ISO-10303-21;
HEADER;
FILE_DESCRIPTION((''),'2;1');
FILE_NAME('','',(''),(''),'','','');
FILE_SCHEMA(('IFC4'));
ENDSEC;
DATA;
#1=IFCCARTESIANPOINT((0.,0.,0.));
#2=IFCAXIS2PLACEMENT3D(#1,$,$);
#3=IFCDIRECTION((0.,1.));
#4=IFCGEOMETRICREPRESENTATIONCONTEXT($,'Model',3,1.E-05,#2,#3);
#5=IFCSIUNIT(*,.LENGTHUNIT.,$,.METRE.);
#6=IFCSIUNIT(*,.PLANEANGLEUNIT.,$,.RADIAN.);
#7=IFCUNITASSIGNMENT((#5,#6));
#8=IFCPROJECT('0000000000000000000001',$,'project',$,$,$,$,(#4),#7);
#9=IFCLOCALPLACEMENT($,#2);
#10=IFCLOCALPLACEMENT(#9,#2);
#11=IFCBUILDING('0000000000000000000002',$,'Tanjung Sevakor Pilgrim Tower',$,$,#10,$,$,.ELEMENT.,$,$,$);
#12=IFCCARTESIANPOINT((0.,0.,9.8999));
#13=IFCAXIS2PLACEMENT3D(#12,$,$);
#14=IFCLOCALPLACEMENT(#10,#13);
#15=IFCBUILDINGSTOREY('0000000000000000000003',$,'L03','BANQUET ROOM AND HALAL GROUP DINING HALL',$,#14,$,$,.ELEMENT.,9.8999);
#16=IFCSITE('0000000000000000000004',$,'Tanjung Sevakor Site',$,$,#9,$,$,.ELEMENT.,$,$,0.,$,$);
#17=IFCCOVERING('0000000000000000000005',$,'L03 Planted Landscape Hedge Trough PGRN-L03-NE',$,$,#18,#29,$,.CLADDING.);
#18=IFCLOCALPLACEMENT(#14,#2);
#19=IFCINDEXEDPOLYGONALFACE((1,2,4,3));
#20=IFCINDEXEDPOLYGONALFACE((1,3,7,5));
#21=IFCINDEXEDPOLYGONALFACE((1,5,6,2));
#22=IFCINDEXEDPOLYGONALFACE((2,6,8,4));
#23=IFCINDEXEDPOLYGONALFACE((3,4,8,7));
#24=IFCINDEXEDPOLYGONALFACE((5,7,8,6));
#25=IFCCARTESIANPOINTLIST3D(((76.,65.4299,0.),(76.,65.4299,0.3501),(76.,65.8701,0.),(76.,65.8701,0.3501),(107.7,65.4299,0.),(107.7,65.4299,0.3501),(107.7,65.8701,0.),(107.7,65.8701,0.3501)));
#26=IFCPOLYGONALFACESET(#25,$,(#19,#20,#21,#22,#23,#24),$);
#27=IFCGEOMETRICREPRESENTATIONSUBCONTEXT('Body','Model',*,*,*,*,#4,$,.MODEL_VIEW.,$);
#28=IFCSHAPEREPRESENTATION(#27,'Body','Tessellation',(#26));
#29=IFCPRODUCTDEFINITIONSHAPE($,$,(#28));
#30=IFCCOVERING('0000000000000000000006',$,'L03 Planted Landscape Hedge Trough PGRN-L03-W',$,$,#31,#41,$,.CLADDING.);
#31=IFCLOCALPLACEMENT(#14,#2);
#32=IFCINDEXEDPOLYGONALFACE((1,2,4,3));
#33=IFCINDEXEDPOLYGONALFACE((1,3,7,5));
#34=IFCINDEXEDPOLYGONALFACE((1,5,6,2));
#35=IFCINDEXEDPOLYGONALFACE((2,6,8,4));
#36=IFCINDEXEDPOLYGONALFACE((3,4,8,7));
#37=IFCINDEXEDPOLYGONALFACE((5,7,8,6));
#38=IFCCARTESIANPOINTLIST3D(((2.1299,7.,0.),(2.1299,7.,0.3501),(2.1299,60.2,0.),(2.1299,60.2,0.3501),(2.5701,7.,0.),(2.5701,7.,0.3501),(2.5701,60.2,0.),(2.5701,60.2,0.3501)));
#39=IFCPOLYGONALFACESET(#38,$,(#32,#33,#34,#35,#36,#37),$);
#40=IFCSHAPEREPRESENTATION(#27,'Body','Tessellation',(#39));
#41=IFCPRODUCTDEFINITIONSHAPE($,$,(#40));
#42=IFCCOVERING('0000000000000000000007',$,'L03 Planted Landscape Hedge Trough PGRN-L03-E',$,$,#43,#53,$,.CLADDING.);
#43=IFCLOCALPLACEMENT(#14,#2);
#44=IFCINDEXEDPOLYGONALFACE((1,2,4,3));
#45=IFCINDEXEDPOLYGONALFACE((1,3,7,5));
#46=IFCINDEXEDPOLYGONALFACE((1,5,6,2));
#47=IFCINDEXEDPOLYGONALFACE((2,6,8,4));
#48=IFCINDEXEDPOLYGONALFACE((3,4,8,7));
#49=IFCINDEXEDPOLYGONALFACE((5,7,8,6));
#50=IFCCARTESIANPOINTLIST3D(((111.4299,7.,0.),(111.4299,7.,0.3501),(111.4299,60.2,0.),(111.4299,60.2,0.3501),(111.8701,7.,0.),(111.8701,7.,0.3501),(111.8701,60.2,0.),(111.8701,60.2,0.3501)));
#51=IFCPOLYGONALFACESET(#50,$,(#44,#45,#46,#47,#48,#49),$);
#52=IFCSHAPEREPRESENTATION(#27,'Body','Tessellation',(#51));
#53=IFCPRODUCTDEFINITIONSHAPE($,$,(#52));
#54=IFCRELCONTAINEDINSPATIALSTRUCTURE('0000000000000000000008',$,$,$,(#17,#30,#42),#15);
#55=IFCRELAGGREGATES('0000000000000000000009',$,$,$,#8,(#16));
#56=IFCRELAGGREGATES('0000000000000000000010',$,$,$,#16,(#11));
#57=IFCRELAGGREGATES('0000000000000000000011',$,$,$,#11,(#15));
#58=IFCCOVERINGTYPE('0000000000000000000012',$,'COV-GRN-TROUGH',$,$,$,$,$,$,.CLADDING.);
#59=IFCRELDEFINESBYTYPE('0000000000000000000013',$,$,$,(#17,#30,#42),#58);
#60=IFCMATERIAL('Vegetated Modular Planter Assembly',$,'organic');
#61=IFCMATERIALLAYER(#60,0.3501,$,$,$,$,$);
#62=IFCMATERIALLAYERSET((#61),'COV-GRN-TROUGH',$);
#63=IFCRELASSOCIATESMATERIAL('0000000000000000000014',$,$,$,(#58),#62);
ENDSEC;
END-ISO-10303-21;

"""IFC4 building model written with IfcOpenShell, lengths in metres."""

from ifc_helpers import new_model, si_unit, direction, frame, origin, place, context, subcontext, project, spatial, polyline, outline, extrude, material, layer, layer_set, type_object, element, save


model = new_model("IFC4")

# Units and contexts
model_context = context("Model", 3, precision=1e-05, world=origin(), true_north=direction((0.0, 1.0)))
body_context = subcontext(model_context, "Body", "Model", "MODEL_VIEW")
ifc_project = project(units=[si_unit("LENGTHUNIT", "METRE"), si_unit("PLANEANGLEUNIT", "RADIAN")], contexts=[model_context])

# Site, building, storey
site_placement = place(None, origin())
site = spatial("IfcSite", under=ifc_project, at=site_placement, Name="Tanjung Sevakor Site", CompositionType="ELEMENT", RefElevation=0.0)
building_placement = place(site_placement, origin())
building = spatial("IfcBuilding", under=site, at=building_placement, Name="Tanjung Sevakor Pilgrim Tower", CompositionType="ELEMENT")
storey_placement = place(building_placement, frame((0.0, 0.0, 9.8999)))
storey = spatial("IfcBuildingStorey", under=building, at=storey_placement, Name="L03", Description="BANQUET ROOM AND HALAL GROUP DINING HALL", CompositionType="ELEMENT", Elevation=9.8999)

# Coverings
ifc_material_1 = material(Name="Vegetated Modular Planter Assembly", Category="organic")
ifc_layer_1 = layer(ifc_material_1, 0.3501)
ifc_layer_set_1 = layer_set([ifc_layer_1], Name="COV-GRN-TROUGH")
covering_type = type_object("IfcCoveringType", Name="COV-GRN-TROUGH", PredefinedType="CLADDING", material=ifc_layer_set_1)
covering_1_placement = place(storey_placement, origin())
element("IfcCovering", 1, at=covering_1_placement, inside=storey, type_object=covering_type, Name="L03 Planted Landscape Hedge Trough PGRN-L03-NE", PredefinedType="CLADDING", context=body_context, shape_type="SweptSolid", body=[
    extrude(outline(polyline([(76.0, 65.4299), (107.7, 65.4299), (107.7, 65.8701), (76.0, 65.8701), (76.0, 65.4299)])), origin(), (0.0, 0.0, 1.0), 0.3501),
])
covering_2_placement = place(storey_placement, origin())
element("IfcCovering", 2, at=covering_2_placement, inside=storey, type_object=covering_type, Name="L03 Planted Landscape Hedge Trough PGRN-L03-W", PredefinedType="CLADDING", context=body_context, shape_type="SweptSolid", body=[
    extrude(outline(polyline([(2.5701, 7.0), (2.5701, 60.2), (2.1299, 60.2), (2.1299, 7.0), (2.5701, 7.0)])), origin(), (0.0, 0.0, 1.0), 0.3501),
])
covering_3_placement = place(storey_placement, origin())
element("IfcCovering", 3, at=covering_3_placement, inside=storey, type_object=covering_type, Name="L03 Planted Landscape Hedge Trough PGRN-L03-E", PredefinedType="CLADDING", context=body_context, shape_type="SweptSolid", body=[
    extrude(outline(polyline([(111.8701, 7.0), (111.8701, 60.2), (111.4299, 60.2), (111.4299, 7.0), (111.8701, 7.0)])), origin(), (0.0, 0.0, 1.0), 0.3501),
])

save(model, "model.ifc")
